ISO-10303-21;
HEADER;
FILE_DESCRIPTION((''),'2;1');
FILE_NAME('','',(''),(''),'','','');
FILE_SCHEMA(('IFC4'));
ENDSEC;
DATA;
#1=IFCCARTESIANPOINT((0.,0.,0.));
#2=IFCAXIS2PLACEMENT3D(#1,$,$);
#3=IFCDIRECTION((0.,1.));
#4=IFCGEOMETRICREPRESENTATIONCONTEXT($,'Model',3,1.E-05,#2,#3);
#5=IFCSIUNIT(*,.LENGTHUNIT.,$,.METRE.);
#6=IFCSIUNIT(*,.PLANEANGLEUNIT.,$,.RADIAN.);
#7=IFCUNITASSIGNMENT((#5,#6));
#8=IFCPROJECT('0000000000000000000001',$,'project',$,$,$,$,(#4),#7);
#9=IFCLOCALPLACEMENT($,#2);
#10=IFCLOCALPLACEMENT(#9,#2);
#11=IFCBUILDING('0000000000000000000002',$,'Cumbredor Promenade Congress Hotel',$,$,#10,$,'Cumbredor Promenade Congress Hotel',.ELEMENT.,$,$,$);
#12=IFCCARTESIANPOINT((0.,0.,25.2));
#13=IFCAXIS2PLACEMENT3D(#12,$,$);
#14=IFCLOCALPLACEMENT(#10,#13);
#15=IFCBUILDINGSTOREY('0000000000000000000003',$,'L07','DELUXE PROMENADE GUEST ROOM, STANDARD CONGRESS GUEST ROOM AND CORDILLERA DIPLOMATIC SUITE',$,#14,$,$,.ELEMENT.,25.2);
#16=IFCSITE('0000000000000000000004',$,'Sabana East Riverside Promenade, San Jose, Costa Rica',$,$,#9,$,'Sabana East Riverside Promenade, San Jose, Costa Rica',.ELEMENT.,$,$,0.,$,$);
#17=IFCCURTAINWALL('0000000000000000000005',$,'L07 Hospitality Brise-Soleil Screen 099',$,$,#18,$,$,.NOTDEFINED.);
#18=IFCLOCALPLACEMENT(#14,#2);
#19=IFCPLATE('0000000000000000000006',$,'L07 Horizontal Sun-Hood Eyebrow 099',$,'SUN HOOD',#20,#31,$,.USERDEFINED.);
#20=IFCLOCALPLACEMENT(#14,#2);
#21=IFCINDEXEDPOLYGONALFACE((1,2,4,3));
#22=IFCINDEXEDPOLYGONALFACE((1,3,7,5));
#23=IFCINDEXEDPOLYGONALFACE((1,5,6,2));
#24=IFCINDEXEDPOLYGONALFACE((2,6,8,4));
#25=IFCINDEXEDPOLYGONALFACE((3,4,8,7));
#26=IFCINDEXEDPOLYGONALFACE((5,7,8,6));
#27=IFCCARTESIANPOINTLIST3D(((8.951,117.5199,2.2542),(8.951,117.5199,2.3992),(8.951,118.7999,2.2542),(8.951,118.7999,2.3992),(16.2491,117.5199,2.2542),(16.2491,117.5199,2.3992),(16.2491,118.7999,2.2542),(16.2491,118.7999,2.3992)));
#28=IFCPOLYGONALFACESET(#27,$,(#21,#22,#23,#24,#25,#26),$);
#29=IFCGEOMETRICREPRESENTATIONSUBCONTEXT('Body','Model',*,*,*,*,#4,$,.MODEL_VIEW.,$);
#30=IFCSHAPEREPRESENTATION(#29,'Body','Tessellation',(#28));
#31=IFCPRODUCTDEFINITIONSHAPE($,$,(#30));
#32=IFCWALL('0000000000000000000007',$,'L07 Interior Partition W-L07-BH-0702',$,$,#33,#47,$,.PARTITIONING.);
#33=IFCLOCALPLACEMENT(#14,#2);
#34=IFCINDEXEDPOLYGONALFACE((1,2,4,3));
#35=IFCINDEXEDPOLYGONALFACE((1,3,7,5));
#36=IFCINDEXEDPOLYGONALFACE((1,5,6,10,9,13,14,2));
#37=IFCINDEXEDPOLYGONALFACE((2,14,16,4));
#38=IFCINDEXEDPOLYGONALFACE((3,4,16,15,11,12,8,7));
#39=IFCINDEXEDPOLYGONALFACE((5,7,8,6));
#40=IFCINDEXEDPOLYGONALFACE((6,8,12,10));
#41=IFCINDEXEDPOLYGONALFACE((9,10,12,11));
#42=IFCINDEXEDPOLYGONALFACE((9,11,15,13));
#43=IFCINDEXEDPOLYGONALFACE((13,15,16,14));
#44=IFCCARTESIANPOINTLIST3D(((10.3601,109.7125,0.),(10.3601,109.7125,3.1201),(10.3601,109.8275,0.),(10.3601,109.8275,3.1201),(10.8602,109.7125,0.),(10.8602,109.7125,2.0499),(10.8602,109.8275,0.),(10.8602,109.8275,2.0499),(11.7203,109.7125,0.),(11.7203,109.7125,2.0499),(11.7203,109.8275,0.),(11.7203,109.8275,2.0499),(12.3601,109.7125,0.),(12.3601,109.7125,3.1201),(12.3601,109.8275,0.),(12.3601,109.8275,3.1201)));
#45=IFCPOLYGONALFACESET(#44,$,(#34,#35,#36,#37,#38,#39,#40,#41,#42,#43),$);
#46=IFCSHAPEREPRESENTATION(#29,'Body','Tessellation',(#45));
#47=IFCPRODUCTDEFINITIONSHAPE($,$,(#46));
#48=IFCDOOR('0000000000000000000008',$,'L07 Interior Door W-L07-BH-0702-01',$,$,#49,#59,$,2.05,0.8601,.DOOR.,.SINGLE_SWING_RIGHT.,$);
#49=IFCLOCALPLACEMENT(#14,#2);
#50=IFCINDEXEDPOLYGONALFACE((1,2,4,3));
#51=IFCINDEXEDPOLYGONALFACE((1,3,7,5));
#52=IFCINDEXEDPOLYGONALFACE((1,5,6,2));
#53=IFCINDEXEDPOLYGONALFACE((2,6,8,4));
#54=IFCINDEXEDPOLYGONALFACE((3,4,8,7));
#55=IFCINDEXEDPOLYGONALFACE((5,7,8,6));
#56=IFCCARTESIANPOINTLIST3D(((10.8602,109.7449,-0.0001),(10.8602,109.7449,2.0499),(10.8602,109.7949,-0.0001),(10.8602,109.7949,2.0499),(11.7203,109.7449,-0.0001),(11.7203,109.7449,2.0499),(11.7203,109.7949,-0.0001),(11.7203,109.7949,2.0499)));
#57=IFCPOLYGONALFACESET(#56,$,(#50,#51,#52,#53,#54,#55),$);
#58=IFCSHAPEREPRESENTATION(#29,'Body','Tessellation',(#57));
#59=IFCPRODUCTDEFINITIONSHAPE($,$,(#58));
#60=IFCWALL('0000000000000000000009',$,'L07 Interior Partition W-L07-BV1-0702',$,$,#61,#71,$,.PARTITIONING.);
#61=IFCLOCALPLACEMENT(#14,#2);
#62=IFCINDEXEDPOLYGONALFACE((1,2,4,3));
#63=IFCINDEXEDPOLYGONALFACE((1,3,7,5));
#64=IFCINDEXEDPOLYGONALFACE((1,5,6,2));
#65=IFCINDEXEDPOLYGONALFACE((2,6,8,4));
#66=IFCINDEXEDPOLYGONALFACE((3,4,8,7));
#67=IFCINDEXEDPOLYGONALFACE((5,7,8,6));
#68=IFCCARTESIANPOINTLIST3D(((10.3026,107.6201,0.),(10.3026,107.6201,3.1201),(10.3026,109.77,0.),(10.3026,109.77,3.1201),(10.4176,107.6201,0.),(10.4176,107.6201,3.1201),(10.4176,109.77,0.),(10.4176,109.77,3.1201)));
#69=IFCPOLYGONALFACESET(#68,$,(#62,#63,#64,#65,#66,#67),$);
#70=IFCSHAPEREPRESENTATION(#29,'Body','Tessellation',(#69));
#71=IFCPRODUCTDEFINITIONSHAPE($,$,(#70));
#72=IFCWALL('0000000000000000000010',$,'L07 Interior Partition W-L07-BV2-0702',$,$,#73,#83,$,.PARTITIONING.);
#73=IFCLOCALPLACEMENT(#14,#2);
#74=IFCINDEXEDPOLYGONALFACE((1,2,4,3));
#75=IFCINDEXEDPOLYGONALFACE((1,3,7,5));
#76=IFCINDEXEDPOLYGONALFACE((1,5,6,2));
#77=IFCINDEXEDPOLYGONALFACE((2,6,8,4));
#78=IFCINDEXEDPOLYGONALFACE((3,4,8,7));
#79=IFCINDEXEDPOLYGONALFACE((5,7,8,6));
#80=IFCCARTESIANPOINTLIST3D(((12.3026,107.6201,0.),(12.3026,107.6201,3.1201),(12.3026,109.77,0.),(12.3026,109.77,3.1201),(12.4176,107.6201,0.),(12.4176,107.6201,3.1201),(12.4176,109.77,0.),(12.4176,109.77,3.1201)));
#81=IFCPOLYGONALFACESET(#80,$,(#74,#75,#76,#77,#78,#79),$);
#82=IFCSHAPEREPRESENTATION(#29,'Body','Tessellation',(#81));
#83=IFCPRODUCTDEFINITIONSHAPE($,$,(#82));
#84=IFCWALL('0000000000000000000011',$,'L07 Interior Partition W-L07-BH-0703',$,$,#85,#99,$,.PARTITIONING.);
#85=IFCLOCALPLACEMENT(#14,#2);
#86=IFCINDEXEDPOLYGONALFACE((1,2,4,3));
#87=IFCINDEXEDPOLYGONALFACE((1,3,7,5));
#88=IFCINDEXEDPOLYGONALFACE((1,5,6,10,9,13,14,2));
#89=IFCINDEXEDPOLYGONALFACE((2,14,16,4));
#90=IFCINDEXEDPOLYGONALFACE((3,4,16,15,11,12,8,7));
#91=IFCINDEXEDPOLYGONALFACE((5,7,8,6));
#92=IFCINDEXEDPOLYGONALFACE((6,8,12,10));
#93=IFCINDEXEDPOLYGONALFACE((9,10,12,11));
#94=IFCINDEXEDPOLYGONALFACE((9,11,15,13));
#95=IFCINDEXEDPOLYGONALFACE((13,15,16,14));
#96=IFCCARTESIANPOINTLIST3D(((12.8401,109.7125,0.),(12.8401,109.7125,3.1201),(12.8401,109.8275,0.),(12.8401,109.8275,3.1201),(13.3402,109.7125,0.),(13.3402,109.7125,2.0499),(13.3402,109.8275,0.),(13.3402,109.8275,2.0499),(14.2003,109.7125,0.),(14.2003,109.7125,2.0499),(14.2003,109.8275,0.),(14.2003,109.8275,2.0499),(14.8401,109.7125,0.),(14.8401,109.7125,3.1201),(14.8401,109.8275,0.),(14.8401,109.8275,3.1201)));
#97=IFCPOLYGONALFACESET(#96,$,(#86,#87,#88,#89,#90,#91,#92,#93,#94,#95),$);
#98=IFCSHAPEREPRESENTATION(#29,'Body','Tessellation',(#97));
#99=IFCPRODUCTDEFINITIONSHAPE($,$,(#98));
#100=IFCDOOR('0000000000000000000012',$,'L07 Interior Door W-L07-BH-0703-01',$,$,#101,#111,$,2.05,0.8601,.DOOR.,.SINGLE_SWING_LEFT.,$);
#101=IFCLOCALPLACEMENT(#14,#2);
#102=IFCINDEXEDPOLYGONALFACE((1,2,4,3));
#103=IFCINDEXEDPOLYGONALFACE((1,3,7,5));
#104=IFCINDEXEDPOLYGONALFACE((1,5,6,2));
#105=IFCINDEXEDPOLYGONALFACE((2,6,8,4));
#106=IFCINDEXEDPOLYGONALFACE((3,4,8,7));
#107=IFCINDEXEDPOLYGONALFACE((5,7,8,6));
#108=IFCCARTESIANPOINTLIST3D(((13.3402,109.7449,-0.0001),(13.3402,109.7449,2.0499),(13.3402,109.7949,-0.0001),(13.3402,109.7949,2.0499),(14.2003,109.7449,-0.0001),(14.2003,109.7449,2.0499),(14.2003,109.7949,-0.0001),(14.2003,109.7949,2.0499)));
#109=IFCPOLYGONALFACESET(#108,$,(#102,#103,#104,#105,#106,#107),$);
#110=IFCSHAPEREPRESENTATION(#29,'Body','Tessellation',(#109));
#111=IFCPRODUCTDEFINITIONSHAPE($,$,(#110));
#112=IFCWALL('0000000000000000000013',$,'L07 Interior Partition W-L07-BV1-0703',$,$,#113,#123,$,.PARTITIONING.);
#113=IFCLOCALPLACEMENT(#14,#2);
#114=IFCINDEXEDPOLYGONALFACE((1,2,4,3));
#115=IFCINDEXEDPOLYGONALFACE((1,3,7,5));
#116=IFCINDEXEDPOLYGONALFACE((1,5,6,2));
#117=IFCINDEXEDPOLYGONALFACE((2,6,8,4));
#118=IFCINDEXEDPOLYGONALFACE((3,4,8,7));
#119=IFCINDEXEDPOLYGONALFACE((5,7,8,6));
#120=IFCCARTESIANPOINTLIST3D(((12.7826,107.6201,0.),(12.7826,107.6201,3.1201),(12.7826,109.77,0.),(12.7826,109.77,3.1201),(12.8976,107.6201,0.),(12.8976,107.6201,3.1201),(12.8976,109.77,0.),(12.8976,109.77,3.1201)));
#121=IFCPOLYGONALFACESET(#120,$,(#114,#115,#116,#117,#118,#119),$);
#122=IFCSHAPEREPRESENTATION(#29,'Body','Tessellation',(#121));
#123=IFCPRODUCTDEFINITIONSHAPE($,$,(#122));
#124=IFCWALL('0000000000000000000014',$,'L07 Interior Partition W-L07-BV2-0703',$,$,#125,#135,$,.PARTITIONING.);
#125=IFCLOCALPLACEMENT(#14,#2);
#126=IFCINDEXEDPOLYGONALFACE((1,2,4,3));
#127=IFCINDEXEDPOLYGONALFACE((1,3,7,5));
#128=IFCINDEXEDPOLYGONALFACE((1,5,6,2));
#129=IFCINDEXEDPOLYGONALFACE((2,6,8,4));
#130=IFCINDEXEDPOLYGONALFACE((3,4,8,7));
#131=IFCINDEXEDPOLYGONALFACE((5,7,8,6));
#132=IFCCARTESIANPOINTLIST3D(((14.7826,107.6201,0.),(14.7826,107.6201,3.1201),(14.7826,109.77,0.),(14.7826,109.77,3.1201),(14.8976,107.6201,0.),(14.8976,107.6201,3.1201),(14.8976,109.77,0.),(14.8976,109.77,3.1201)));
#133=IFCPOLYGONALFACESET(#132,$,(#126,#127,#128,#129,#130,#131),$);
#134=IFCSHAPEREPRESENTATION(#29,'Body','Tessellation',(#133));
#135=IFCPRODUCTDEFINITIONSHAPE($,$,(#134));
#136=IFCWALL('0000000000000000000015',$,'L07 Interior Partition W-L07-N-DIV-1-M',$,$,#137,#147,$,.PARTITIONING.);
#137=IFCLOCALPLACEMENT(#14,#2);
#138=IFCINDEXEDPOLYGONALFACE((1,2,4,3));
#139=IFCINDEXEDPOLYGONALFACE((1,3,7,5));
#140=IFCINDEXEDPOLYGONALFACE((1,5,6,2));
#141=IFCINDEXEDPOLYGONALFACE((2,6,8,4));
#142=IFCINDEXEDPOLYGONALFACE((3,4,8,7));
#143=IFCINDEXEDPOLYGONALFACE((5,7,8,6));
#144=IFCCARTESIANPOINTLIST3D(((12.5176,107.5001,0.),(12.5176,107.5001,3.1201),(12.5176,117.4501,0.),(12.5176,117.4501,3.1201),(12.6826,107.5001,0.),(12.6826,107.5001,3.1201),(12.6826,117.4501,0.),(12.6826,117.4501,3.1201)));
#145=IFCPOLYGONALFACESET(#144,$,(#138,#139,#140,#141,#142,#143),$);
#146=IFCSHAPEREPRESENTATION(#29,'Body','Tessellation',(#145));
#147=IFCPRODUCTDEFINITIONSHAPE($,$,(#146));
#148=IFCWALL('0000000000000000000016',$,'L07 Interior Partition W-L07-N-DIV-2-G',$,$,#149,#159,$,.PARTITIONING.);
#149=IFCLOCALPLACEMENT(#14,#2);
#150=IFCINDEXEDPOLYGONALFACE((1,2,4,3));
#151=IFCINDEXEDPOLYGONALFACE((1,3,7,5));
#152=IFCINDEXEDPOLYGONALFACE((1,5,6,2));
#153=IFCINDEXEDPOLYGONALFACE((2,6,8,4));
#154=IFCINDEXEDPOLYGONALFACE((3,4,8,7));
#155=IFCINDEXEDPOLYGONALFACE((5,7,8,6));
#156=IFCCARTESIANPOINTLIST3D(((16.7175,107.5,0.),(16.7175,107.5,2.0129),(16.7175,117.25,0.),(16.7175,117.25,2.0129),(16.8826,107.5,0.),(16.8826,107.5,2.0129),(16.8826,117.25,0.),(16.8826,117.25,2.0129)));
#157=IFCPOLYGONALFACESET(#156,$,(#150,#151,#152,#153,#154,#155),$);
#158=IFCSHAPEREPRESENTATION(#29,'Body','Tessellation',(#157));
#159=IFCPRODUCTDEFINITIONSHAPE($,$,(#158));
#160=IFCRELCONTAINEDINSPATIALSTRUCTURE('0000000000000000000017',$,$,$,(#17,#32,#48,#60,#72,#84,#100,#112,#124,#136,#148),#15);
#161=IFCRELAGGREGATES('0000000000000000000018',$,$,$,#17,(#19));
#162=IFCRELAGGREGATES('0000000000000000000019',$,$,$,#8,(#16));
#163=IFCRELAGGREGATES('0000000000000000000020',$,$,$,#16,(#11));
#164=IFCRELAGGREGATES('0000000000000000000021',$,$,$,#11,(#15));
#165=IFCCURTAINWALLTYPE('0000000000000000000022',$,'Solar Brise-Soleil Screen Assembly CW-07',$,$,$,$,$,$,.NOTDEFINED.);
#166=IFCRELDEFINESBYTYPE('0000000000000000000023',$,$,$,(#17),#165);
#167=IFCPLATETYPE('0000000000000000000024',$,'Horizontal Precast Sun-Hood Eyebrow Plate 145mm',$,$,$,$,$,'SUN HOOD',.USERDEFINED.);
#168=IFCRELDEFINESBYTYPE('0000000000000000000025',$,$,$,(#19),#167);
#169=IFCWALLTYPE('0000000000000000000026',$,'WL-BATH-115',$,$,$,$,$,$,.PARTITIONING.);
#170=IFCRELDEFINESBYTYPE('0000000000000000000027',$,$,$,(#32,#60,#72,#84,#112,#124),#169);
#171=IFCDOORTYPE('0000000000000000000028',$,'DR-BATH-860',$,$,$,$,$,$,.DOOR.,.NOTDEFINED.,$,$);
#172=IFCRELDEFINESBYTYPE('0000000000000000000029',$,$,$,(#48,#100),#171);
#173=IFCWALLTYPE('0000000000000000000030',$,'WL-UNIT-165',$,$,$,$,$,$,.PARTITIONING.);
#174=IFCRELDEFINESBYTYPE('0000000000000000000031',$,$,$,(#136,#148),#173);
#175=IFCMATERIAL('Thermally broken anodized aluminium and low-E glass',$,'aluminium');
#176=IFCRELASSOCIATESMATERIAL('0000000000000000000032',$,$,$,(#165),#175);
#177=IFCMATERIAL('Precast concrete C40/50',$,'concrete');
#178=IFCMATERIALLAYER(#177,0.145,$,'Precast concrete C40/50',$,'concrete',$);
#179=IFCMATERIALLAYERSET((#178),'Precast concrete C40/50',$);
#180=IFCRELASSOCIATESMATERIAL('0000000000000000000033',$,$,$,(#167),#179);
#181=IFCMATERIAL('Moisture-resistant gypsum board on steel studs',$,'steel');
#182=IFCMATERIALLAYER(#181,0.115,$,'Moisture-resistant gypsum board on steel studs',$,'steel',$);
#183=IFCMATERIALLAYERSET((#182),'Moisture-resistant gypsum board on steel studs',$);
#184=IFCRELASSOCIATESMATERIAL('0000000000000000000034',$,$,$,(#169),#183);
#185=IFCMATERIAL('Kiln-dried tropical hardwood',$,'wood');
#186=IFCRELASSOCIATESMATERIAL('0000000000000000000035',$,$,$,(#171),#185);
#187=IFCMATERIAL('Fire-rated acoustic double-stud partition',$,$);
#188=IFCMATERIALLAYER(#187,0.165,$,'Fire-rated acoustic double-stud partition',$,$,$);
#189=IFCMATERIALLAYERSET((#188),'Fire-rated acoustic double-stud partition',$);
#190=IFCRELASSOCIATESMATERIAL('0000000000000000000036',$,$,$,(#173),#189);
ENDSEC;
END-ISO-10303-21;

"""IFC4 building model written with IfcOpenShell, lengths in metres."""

from ifc_helpers import new_model, si_unit, direction, frame, frame_2d, origin, origin_2d, place, context, subcontext, project, spatial, rectangle, extrude, material, layer, layer_set, type_object, element, fill, aggregate, save


model = new_model("IFC4")

# Units and contexts
model_context = context("Model", 3, precision=1e-05, world=origin(), true_north=direction((0.0, 1.0)))
body_context = subcontext(model_context, "Body", "Model", "MODEL_VIEW")
ifc_project = project(units=[si_unit("LENGTHUNIT", "METRE"), si_unit("PLANEANGLEUNIT", "RADIAN")], contexts=[model_context])

# Site, building, storey
site_placement = place(None, origin())
site = spatial("IfcSite", under=ifc_project, at=site_placement, Name="Sabana East Riverside Promenade, San Jose, Costa Rica", LongName="Sabana East Riverside Promenade, San Jose, Costa Rica", CompositionType="ELEMENT", RefElevation=0.0)
building_placement = place(site_placement, origin())
building = spatial("IfcBuilding", under=site, at=building_placement, Name="Cumbredor Promenade Congress Hotel", LongName="Cumbredor Promenade Congress Hotel", CompositionType="ELEMENT")
storey_placement = place(building_placement, frame((0.0, 0.0, 25.2)))
storey = spatial("IfcBuildingStorey", under=building, at=storey_placement, Name="L07", Description="DELUXE PROMENADE GUEST ROOM, STANDARD CONGRESS GUEST ROOM AND CORDILLERA DIPLOMATIC SUITE", CompositionType="ELEMENT", Elevation=25.2)

# Curtain wall
ifc_material_1 = material(Name="Thermally broken anodized aluminium and low-E glass", Category="aluminium")
curtain_wall_type = type_object("IfcCurtainWallType", Name="Solar Brise-Soleil Screen Assembly CW-07", PredefinedType="NOTDEFINED", material=ifc_material_1)
curtain_wall_placement = place(storey_placement, origin())
curtain_wall = element("IfcCurtainWall", 1, at=curtain_wall_placement, inside=storey, type_object=curtain_wall_type, Name="L07 Hospitality Brise-Soleil Screen 099", PredefinedType="NOTDEFINED")

# Shared definitions
ifc_material_2 = material(Name="Kiln-dried tropical hardwood", Category="wood")

# Plate
ifc_material_3 = material(Name="Precast concrete C40/50", Category="concrete")
ifc_layer_1 = layer(ifc_material_3, 0.145, Name="Precast concrete C40/50", Category="concrete")
ifc_layer_set_1 = layer_set([ifc_layer_1], Name="Precast concrete C40/50")
plate_type = type_object("IfcPlateType", Name="Horizontal Precast Sun-Hood Eyebrow Plate 145mm", ElementType="SUN HOOD", PredefinedType="USERDEFINED", material=ifc_layer_set_1)
plate_placement = place(storey_placement, frame((12.6001, 118.1599, 2.2542), z_axis=(0.0, 0.0, 1.0), x_axis=(1.0, 0.0, 0.0)))
plate = element("IfcPlate", 2, at=plate_placement, type_object=plate_type, Name="L07 Horizontal Sun-Hood Eyebrow 099", ObjectType="SUN HOOD", PredefinedType="USERDEFINED", context=body_context, shape_type="SweptSolid", body=[
    extrude(rectangle(XDim=7.2981, YDim=1.28, at=origin_2d()), origin(), (0.0, 0.0, 1.0), 0.145),
])
aggregate(curtain_wall, [plate])

# Wall, opening, door
ifc_material_4 = material(Name="Moisture-resistant gypsum board on steel studs", Category="steel")
ifc_layer_2 = layer(ifc_material_4, 0.115, Name="Moisture-resistant gypsum board on steel studs", Category="steel")
ifc_layer_set_2 = layer_set([ifc_layer_2], Name="Moisture-resistant gypsum board on steel studs")
wall_type_1 = type_object("IfcWallType", Name="WL-BATH-115", PredefinedType="PARTITIONING", material=ifc_layer_set_2)
wall_1_placement = place(storey_placement, frame((10.3601, 109.77, 0.0), z_axis=(0.0, 0.0, 1.0), x_axis=(1.0, 0.0, 0.0)))
wall_1 = element("IfcWall", 3, at=wall_1_placement, inside=storey, type_object=wall_type_1, Name="L07 Interior Partition W-L07-BH-0702", PredefinedType="PARTITIONING", context=body_context, shape_type="SweptSolid", body=[
    extrude(rectangle(XDim=2.0, YDim=0.115, at=frame_2d((1.0, 0.0))), origin(), (0.0, 0.0, 1.0), 3.1201),
])
opening_1_placement = place(wall_1_placement, frame((0.5, 0.0, 0.0)))
opening_1 = element("IfcOpeningElement", 4, at=opening_1_placement, cuts=wall_1, PredefinedType="OPENING", context=body_context, shape_type="SweptSolid", body=[
    extrude(rectangle(XDim=0.8601, YDim=2.05, at=frame_2d((0.4302, 1.0249))), frame((0.0, 0.0674, 0.0), z_axis=(0.0, -1.0, 0.0), x_axis=(1.0, 0.0, 0.0)), (0.0, 0.0, 1.0), 0.135),
])
door_type_1 = type_object("IfcDoorType", Name="DR-BATH-860", OperationType="NOTDEFINED", PredefinedType="DOOR", material=ifc_material_2)
door_1_placement = place(opening_1_placement, origin())
door_1 = element("IfcDoor", 5, at=door_1_placement, inside=storey, type_object=door_type_1, Name="L07 Interior Door W-L07-BH-0702-01", OperationType="SINGLE_SWING_RIGHT", OverallHeight=2.05, OverallWidth=0.8601, PredefinedType="DOOR", context=body_context, shape_type="SweptSolid", body=[
    extrude(rectangle(XDim=0.8601, YDim=2.05, at=frame_2d((0.4302, 1.0249))), frame((0.0, 0.0249, 0.0), z_axis=(0.0, -1.0, 0.0), x_axis=(1.0, 0.0, 0.0)), (0.0, 0.0, 1.0), 0.05),
])
fill(opening_1, door_1)

# Walls
for number, where, z_axis, x_axis, name in (
    (6, (10.3601, 107.6201, 0.0), (0.0, 0.0, 1.0), (0.0, 1.0, 0.0), "L07 Interior Partition W-L07-BV1-0702"),
    (7, (12.3601, 107.6201, 0.0), (0.0, 0.0, 1.0), (0.0, 1.0, 0.0), "L07 Interior Partition W-L07-BV2-0702"),
):
    element("IfcWall", number, at=place(storey_placement, frame(where, z_axis=z_axis, x_axis=x_axis)), inside=storey, type_object=wall_type_1, Name=name, PredefinedType="PARTITIONING", context=body_context, shape_type="SweptSolid", body=[
        extrude(rectangle(XDim=2.1499, YDim=0.115, at=frame_2d((1.075, 0.0))), origin(), (0.0, 0.0, 1.0), 3.1201),
    ])

# Wall, opening, door
wall_2_placement = place(storey_placement, frame((12.8401, 109.77, 0.0), z_axis=(0.0, 0.0, 1.0), x_axis=(1.0, 0.0, 0.0)))
wall_2 = element("IfcWall", 8, at=wall_2_placement, inside=storey, type_object=wall_type_1, Name="L07 Interior Partition W-L07-BH-0703", PredefinedType="PARTITIONING", context=body_context, shape_type="SweptSolid", body=[
    extrude(rectangle(XDim=2.0, YDim=0.115, at=frame_2d((1.0, 0.0))), origin(), (0.0, 0.0, 1.0), 3.1201),
])
opening_2_placement = place(wall_2_placement, frame((0.5, 0.0, 0.0)))
opening_2 = element("IfcOpeningElement", 9, at=opening_2_placement, cuts=wall_2, PredefinedType="OPENING", context=body_context, shape_type="SweptSolid", body=[
    extrude(rectangle(XDim=0.8601, YDim=2.05, at=frame_2d((0.4302, 1.0249))), frame((0.0, 0.0674, 0.0), z_axis=(0.0, -1.0, 0.0), x_axis=(1.0, 0.0, 0.0)), (0.0, 0.0, 1.0), 0.135),
])
door_2_placement = place(opening_2_placement, origin())
door_2 = element("IfcDoor", 10, at=door_2_placement, inside=storey, type_object=door_type_1, Name="L07 Interior Door W-L07-BH-0703-01", OperationType="SINGLE_SWING_LEFT", OverallHeight=2.05, OverallWidth=0.8601, PredefinedType="DOOR", context=body_context, shape_type="SweptSolid", body=[
    extrude(rectangle(XDim=0.8601, YDim=2.05, at=frame_2d((0.4302, 1.0249))), frame((0.0, 0.0249, 0.0), z_axis=(0.0, -1.0, 0.0), x_axis=(1.0, 0.0, 0.0)), (0.0, 0.0, 1.0), 0.05),
])
fill(opening_2, door_2)

# Walls
for number, where, z_axis, x_axis, name in (
    (11, (12.8401, 107.6201, 0.0), (0.0, 0.0, 1.0), (0.0, 1.0, 0.0), "L07 Interior Partition W-L07-BV1-0703"),
    (12, (14.8401, 107.6201, 0.0), (0.0, 0.0, 1.0), (0.0, 1.0, 0.0), "L07 Interior Partition W-L07-BV2-0703"),
):
    element("IfcWall", number, at=place(storey_placement, frame(where, z_axis=z_axis, x_axis=x_axis)), inside=storey, type_object=wall_type_1, Name=name, PredefinedType="PARTITIONING", context=body_context, shape_type="SweptSolid", body=[
        extrude(rectangle(XDim=2.1499, YDim=0.115, at=frame_2d((1.075, 0.0))), origin(), (0.0, 0.0, 1.0), 3.1201),
    ])

# Walls
ifc_material_5 = material(Name="Fire-rated acoustic double-stud partition")
ifc_layer_3 = layer(ifc_material_5, 0.165, Name="Fire-rated acoustic double-stud partition")
ifc_layer_set_3 = layer_set([ifc_layer_3], Name="Fire-rated acoustic double-stud partition")
wall_type_2 = type_object("IfcWallType", Name="WL-UNIT-165", PredefinedType="PARTITIONING", material=ifc_layer_set_3)
wall_3_placement = place(storey_placement, frame((12.6001, 107.5, 0.0), z_axis=(0.0, 0.0, 1.0), x_axis=(0.0, 1.0, 0.0)))
element("IfcWall", 13, at=wall_3_placement, inside=storey, type_object=wall_type_2, Name="L07 Interior Partition W-L07-N-DIV-1-M", PredefinedType="PARTITIONING", context=body_context, shape_type="SweptSolid", body=[
    extrude(rectangle(XDim=9.95, YDim=0.165, at=frame_2d((4.9751, 0.0))), origin(), (0.0, 0.0, 1.0), 3.1201),
])
wall_4_placement = place(storey_placement, frame((16.8, 107.5, 0.0), z_axis=(0.0, 0.0, 1.0), x_axis=(0.0, 1.0, 0.0)))
element("IfcWall", 14, at=wall_4_placement, inside=storey, type_object=wall_type_2, Name="L07 Interior Partition W-L07-N-DIV-2-G", PredefinedType="PARTITIONING", context=body_context, shape_type="SweptSolid", body=[
    extrude(rectangle(XDim=9.75, YDim=0.165, at=frame_2d((4.875, 0.0))), origin(), (0.0, 0.0, 1.0), 2.0129),
])

save(model, "model.ifc")
